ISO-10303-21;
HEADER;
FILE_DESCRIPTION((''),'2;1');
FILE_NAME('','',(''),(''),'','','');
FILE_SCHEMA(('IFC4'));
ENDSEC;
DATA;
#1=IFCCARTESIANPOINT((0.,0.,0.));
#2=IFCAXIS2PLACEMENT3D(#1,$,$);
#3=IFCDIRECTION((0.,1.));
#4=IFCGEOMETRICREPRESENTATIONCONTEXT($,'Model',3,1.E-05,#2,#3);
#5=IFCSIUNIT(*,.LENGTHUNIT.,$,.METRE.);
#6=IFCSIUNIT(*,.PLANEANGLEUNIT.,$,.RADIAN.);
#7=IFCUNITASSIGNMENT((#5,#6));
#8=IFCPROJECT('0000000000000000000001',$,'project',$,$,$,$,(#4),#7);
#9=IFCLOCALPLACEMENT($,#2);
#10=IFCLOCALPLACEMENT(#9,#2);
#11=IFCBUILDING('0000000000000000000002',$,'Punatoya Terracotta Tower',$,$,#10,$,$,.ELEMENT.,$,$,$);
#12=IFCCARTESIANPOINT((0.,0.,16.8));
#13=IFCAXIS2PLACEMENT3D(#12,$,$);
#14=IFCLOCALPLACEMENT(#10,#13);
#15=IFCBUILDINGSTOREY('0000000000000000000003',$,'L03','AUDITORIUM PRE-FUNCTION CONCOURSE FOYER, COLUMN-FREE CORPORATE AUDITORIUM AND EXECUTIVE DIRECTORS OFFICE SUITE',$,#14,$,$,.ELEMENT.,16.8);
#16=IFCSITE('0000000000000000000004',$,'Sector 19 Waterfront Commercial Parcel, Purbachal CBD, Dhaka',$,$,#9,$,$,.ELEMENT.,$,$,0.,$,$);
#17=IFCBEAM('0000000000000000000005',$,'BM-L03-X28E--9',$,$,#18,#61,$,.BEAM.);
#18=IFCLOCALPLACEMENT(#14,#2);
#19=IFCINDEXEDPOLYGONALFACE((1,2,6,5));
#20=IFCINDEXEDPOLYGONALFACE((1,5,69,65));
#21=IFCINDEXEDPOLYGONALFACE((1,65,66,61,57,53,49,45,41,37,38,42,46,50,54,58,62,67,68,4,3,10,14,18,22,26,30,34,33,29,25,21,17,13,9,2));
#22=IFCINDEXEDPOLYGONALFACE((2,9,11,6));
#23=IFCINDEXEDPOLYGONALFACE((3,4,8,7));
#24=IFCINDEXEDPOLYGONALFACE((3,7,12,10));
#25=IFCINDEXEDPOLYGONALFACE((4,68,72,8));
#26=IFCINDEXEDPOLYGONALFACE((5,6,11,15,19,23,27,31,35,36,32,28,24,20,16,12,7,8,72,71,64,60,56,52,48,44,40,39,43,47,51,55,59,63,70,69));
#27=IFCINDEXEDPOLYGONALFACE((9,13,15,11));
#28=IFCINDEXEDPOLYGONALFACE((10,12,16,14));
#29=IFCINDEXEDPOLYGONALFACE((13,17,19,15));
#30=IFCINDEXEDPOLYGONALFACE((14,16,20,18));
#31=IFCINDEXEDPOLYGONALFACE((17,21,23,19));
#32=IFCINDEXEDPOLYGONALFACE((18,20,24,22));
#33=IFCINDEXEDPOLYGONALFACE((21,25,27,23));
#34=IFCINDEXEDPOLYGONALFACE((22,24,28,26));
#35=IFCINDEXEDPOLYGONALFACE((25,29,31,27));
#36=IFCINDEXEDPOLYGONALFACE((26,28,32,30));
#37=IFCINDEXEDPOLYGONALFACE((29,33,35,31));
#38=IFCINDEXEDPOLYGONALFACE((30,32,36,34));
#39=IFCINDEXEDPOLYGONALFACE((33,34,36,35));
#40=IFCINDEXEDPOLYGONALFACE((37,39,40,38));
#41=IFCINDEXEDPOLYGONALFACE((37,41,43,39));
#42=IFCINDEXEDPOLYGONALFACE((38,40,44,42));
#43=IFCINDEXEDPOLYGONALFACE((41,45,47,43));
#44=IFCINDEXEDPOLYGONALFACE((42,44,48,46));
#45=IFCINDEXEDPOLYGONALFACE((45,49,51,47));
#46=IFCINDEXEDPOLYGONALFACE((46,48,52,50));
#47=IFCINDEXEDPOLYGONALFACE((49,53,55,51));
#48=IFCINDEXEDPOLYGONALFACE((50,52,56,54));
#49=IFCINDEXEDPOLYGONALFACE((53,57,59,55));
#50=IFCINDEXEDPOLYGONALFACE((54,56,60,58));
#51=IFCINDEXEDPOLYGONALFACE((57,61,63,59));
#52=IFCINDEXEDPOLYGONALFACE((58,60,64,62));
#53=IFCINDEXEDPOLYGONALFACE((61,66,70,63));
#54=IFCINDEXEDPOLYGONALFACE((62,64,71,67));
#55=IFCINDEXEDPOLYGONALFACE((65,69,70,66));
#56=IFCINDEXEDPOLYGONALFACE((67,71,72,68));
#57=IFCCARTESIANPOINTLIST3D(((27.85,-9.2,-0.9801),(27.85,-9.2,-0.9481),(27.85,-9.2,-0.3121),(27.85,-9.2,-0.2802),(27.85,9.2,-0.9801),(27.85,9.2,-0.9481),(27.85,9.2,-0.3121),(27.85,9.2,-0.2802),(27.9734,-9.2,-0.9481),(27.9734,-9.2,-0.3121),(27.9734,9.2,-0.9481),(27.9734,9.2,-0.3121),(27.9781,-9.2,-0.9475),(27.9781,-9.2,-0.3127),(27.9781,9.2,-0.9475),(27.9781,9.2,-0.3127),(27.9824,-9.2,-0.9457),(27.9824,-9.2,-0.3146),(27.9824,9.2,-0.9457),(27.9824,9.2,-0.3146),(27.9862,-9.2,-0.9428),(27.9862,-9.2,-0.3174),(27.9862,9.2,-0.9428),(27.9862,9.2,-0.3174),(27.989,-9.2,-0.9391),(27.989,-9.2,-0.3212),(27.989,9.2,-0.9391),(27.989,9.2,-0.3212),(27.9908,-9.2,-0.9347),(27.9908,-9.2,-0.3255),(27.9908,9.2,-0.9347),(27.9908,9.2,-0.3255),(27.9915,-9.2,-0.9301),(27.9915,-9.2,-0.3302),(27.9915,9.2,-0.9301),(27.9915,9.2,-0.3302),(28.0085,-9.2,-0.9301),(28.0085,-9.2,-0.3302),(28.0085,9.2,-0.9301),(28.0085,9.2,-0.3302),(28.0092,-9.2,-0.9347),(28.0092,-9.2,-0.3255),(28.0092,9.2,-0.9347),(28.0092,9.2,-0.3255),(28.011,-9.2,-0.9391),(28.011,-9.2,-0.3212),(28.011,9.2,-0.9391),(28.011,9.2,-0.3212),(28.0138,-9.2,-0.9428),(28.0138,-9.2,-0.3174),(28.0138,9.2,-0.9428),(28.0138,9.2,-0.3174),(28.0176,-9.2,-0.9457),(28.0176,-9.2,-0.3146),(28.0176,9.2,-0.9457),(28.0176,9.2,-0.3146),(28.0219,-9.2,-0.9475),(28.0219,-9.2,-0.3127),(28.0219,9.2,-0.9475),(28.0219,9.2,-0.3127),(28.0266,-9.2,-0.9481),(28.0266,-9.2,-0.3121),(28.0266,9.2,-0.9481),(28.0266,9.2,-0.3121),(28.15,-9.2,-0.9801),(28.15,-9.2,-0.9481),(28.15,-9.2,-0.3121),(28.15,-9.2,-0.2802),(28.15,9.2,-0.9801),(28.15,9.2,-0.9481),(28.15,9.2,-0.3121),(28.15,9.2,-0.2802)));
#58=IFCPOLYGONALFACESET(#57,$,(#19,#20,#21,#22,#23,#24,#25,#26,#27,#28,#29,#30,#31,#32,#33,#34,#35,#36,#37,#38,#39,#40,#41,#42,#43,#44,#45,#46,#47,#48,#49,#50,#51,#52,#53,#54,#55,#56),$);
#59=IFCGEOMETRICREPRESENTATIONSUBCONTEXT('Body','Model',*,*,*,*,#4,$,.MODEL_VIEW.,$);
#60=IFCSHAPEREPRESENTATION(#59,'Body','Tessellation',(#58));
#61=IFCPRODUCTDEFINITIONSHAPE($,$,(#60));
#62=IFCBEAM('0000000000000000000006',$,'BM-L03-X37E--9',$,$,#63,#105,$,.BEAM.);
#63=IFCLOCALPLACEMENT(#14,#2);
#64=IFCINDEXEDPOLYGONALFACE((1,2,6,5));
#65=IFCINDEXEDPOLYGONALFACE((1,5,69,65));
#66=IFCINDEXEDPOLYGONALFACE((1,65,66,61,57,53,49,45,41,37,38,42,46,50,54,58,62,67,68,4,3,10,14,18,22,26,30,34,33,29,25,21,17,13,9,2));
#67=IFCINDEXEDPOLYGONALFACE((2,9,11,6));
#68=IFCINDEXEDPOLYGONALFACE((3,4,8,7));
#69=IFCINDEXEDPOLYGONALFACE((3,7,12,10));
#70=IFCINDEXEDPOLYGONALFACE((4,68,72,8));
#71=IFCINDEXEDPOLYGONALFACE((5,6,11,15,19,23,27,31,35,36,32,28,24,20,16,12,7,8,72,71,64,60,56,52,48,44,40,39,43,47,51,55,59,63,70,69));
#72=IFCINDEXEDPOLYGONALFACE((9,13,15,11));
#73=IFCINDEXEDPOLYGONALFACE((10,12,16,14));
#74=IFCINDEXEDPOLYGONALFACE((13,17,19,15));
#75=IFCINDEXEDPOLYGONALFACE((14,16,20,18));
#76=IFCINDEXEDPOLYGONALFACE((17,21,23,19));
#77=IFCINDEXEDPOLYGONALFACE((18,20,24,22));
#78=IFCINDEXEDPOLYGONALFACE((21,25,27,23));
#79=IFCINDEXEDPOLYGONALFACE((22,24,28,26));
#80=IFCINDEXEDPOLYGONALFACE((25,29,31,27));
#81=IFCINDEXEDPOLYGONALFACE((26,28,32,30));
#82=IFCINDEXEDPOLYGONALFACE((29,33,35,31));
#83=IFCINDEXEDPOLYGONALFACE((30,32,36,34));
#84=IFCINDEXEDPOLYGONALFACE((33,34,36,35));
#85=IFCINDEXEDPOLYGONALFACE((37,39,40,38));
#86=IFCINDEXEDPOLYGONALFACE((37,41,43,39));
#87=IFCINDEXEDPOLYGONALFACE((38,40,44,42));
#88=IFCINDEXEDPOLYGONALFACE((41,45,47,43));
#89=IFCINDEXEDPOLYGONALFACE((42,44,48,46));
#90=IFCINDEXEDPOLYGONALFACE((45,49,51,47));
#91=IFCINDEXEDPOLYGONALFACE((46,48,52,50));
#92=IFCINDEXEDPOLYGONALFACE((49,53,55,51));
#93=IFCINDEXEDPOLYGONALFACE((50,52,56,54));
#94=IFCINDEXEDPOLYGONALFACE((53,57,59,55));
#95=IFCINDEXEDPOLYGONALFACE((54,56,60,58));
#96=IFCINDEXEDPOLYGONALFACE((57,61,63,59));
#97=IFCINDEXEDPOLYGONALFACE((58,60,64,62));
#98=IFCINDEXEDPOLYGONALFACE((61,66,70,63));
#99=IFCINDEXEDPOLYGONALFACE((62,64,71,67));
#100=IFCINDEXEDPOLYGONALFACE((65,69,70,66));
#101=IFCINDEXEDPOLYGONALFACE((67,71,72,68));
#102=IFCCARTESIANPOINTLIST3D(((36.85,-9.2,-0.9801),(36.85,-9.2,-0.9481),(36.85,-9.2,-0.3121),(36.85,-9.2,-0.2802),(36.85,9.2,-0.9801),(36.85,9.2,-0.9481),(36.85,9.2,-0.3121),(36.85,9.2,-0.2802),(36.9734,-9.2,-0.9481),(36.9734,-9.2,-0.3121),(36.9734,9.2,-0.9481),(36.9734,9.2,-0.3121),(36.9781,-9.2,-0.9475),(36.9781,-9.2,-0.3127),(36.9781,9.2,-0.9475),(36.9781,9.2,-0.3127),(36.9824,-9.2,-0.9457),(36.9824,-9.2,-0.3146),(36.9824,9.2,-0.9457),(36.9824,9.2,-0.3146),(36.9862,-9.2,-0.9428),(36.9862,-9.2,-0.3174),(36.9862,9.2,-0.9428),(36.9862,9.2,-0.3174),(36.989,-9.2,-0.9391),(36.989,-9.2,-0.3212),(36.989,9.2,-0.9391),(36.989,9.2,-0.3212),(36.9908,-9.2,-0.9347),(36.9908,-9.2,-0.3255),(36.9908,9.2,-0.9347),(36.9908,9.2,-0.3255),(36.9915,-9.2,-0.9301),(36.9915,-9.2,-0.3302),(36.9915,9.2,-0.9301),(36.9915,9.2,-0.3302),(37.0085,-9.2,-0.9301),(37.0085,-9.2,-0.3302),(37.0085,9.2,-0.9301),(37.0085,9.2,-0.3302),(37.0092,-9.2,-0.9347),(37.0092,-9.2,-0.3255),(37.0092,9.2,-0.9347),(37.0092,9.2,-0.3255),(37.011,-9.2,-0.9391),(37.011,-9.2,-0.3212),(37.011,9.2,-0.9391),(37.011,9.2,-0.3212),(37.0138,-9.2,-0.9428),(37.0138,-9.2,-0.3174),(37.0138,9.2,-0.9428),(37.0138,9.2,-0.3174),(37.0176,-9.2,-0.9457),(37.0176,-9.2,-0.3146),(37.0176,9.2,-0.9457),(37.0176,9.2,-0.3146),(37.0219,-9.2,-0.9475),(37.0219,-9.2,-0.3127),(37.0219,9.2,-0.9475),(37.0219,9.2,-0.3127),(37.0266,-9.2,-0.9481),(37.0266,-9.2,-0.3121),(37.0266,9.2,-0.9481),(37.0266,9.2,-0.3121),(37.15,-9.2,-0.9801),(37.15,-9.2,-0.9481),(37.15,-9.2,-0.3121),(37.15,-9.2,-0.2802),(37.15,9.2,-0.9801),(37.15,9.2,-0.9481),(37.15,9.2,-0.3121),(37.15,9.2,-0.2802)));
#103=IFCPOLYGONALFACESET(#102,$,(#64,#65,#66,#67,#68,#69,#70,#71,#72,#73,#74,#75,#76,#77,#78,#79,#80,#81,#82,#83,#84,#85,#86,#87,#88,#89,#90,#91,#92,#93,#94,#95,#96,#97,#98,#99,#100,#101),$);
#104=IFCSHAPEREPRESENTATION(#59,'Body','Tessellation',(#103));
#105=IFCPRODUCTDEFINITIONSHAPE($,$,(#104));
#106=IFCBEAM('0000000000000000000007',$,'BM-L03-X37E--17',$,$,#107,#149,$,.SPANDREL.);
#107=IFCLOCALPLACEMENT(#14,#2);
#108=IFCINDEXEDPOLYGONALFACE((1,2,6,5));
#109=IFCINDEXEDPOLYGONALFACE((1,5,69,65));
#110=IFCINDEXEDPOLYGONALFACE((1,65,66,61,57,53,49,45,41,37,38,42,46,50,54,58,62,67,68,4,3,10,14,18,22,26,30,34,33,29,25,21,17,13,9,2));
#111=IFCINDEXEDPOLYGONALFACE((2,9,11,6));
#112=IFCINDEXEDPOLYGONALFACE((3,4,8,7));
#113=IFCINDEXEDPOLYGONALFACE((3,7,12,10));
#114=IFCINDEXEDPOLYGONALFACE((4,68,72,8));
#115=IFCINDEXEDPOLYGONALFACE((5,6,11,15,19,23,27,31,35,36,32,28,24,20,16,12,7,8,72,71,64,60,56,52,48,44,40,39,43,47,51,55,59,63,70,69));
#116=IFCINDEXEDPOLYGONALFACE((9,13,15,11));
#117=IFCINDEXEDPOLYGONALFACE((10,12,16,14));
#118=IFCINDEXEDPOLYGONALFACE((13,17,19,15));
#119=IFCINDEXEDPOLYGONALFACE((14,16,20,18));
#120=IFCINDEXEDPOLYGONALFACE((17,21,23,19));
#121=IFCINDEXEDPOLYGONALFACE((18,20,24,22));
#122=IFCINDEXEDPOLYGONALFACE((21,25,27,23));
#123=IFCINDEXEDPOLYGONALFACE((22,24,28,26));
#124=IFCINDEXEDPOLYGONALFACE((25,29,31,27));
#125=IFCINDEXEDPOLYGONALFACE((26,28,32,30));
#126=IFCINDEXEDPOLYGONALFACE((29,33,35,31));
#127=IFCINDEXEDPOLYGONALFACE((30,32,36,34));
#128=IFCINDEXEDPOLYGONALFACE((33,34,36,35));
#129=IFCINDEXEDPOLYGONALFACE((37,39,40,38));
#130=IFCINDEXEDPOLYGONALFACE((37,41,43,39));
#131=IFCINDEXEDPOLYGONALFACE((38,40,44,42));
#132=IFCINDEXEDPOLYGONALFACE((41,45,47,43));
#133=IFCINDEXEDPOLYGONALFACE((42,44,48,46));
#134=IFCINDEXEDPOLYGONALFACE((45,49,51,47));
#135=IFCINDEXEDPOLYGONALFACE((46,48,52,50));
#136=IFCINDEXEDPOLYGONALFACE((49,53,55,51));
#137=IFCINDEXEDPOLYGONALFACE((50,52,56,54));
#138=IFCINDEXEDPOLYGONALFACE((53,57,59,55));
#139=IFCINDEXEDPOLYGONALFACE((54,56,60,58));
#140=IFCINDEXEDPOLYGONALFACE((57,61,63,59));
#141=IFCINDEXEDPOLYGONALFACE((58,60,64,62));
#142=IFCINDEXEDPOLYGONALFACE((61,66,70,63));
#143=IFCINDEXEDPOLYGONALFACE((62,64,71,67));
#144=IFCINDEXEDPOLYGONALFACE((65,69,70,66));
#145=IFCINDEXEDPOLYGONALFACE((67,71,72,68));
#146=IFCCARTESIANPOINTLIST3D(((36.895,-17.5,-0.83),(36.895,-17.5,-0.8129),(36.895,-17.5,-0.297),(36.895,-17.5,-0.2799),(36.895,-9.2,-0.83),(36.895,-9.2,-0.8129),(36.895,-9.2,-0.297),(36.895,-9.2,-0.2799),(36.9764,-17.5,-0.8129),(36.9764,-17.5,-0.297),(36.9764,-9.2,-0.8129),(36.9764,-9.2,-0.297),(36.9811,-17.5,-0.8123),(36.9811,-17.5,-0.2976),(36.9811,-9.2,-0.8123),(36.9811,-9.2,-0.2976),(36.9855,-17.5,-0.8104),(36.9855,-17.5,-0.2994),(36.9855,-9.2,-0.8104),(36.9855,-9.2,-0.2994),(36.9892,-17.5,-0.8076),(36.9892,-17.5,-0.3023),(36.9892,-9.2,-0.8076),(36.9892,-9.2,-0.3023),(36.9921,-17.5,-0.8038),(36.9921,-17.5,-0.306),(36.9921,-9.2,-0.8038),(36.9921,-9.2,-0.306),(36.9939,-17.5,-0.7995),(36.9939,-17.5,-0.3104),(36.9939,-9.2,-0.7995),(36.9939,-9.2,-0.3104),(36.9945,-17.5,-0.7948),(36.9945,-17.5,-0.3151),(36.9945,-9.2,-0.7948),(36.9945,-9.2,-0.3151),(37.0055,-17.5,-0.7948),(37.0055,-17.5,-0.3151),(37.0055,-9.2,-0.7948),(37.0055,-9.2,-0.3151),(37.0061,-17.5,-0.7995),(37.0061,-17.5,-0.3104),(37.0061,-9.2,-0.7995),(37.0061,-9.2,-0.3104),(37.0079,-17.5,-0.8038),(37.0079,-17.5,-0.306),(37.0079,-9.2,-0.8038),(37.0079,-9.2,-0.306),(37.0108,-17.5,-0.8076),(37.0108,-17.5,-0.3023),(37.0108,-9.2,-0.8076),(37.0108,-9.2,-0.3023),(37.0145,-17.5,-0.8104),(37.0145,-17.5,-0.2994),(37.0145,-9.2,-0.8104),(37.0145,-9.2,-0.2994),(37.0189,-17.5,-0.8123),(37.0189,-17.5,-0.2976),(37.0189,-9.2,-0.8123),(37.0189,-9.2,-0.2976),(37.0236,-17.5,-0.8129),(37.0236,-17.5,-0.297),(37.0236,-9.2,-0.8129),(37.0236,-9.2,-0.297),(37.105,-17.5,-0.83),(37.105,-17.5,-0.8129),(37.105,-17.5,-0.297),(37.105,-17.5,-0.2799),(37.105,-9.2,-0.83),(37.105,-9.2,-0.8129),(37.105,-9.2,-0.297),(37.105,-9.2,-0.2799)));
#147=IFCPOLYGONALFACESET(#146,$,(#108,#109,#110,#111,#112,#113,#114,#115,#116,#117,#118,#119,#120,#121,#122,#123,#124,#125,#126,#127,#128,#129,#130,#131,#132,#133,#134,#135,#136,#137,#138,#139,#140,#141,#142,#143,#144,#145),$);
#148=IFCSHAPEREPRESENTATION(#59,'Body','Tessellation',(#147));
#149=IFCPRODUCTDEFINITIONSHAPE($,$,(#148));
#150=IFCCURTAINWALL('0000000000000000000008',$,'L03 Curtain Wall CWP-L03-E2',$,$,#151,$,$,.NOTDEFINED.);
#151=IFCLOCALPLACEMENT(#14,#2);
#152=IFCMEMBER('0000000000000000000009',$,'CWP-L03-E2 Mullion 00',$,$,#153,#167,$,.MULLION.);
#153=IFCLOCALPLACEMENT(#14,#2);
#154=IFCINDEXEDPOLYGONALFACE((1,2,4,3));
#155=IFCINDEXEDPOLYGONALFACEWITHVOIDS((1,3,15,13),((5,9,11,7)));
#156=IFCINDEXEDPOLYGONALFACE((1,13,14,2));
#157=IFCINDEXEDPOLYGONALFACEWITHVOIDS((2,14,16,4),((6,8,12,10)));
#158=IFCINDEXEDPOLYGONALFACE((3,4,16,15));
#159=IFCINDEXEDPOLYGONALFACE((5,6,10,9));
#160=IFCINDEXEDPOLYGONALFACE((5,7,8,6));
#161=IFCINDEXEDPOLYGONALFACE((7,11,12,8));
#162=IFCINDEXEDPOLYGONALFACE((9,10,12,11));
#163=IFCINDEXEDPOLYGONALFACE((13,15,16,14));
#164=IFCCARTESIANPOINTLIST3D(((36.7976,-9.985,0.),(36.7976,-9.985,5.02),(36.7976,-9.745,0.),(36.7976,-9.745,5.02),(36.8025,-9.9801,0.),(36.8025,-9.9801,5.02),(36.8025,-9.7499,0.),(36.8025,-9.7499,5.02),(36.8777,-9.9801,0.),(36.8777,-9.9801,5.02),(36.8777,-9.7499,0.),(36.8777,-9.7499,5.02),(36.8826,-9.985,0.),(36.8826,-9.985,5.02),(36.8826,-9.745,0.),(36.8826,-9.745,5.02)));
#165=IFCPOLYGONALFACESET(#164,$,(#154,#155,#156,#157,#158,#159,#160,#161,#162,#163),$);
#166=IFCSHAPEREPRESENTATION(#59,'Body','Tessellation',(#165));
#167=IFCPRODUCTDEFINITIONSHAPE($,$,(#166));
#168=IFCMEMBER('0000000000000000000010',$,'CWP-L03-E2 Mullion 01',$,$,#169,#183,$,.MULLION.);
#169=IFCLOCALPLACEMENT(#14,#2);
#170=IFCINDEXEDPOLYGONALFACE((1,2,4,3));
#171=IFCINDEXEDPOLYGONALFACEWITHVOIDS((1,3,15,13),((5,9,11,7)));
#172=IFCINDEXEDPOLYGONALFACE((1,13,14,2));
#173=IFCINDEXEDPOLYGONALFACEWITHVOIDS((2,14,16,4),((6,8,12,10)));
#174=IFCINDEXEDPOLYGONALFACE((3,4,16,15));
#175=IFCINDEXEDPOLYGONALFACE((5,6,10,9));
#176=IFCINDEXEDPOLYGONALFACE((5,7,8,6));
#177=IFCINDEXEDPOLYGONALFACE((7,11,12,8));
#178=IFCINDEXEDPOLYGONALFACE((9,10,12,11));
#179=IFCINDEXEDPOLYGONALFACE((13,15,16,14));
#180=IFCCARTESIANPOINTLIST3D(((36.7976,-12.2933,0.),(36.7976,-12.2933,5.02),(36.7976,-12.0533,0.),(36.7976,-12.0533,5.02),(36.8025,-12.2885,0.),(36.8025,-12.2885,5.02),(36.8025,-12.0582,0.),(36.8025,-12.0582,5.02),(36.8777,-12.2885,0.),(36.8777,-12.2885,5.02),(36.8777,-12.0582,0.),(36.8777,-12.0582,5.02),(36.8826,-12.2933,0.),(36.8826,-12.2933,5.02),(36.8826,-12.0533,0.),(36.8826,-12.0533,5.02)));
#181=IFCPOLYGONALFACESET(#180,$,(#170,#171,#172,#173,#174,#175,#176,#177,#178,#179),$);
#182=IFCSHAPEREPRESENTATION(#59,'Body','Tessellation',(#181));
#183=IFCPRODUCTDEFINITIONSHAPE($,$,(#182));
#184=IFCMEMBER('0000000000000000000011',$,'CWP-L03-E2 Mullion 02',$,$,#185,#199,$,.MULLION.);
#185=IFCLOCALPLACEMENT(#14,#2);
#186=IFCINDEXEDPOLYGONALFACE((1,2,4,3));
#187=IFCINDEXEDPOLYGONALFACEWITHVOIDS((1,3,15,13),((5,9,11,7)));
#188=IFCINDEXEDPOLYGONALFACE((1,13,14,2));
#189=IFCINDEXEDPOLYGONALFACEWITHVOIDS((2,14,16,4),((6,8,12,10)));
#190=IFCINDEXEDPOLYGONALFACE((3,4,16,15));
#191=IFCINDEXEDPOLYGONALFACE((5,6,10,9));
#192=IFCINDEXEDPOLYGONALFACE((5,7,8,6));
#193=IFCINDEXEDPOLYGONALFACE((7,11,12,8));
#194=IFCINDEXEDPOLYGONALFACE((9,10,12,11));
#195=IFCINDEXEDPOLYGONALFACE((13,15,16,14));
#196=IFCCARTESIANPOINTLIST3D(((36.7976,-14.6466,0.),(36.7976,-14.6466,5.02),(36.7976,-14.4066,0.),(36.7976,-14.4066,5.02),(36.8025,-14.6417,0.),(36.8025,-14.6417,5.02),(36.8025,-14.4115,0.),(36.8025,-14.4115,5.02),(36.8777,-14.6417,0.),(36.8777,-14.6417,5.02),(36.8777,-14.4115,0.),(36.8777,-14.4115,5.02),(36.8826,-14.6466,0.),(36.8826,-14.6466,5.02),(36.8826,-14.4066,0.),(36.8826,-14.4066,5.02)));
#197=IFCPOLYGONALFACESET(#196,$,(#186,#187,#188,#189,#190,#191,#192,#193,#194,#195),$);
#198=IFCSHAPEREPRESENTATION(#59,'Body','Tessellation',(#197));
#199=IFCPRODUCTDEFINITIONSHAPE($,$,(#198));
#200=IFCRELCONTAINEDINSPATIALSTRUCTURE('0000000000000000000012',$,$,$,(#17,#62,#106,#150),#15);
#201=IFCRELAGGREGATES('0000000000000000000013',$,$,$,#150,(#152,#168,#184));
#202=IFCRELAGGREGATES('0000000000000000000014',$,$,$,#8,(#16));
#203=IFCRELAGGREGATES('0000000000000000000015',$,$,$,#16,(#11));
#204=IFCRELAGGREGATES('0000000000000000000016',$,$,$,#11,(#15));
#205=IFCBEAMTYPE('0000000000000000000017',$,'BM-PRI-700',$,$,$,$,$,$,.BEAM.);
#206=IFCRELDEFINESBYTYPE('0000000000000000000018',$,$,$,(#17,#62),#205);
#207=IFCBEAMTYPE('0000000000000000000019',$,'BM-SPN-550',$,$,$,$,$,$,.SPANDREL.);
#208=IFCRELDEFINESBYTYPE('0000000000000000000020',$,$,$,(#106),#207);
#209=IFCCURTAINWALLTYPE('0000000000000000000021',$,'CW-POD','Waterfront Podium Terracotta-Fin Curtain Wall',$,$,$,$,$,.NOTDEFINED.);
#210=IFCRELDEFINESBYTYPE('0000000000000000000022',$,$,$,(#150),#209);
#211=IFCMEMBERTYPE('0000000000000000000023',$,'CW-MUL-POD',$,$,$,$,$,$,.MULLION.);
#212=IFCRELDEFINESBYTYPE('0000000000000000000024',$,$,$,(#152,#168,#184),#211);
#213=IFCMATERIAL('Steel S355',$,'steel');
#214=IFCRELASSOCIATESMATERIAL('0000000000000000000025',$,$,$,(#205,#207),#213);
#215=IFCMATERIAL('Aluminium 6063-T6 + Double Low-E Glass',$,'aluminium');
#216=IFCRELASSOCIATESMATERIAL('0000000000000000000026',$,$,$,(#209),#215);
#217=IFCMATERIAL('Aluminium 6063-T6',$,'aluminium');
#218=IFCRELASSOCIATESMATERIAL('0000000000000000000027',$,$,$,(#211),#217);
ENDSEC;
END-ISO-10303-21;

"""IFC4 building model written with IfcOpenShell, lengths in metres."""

from ifc_helpers import new_model, si_unit, direction, frame, origin, origin_2d, place, context, subcontext, project, spatial, hollow_rectangle, i_section, extrude, material, material_profile, profile_set, type_object, element, aggregate, save


model = new_model("IFC4")

# Units and contexts
model_context = context("Model", 3, precision=1e-05, world=origin(), true_north=direction((0.0, 1.0)))
body_context = subcontext(model_context, "Body", "Model", "MODEL_VIEW")
ifc_project = project(units=[si_unit("LENGTHUNIT", "METRE"), si_unit("PLANEANGLEUNIT", "RADIAN")], contexts=[model_context])

# Site, building, storey
site_placement = place(None, origin())
site = spatial("IfcSite", under=ifc_project, at=site_placement, Name="Sector 19 Waterfront Commercial Parcel, Purbachal CBD, Dhaka", CompositionType="ELEMENT", RefElevation=0.0)
building_placement = place(site_placement, origin())
building = spatial("IfcBuilding", under=site, at=building_placement, Name="Punatoya Terracotta Tower", CompositionType="ELEMENT")
storey_placement = place(building_placement, frame((0.0, 0.0, 16.8)))
storey = spatial("IfcBuildingStorey", under=building, at=storey_placement, Name="L03", Description="AUDITORIUM PRE-FUNCTION CONCOURSE FOYER, COLUMN-FREE CORPORATE AUDITORIUM AND EXECUTIVE DIRECTORS OFFICE SUITE", CompositionType="ELEMENT", Elevation=16.8)

# Beams
ifc_material_1 = material(Name="Steel S355", Category="steel")
ifc_material_profile_1 = material_profile(ifc_material_1, i_section(OverallWidth=0.3, OverallDepth=0.7, WebThickness=0.0171, FlangeThickness=0.032, FilletRadius=0.0181, at=origin_2d()))
ifc_profile_set_1 = profile_set([ifc_material_profile_1], Name="Steel S355")
beam_type_1 = type_object("IfcBeamType", Name="BM-PRI-700", PredefinedType="BEAM", material=ifc_profile_set_1)
for number, where, z_axis, x_axis, name in (
    (1, (28.0, -9.2, -0.6301), (0.0, 1.0, 0.0), (-1.0, 0.0, 0.0), "BM-L03-X28E--9"),
    (2, (37.0, -9.2, -0.6301), (0.0, 1.0, 0.0), (-1.0, 0.0, 0.0), "BM-L03-X37E--9"),
):
    element("IfcBeam", number, at=place(storey_placement, frame(where, z_axis=z_axis, x_axis=x_axis)), inside=storey, type_object=beam_type_1, Name=name, PredefinedType="BEAM", context=body_context, shape_type="SweptSolid", body=[
        extrude(i_section(OverallWidth=0.3, OverallDepth=0.7, WebThickness=0.0171, FlangeThickness=0.032, FilletRadius=0.0181, at=origin_2d()), origin(), (0.0, 0.0, 1.0), 18.3999),
    ])
ifc_material_profile_2 = material_profile(ifc_material_1, i_section(OverallWidth=0.21, OverallDepth=0.55, WebThickness=0.011, FlangeThickness=0.0171, FilletRadius=0.0181, at=origin_2d()))
ifc_profile_set_2 = profile_set([ifc_material_profile_2], Name="Steel S355")
beam_type_2 = type_object("IfcBeamType", Name="BM-SPN-550", PredefinedType="SPANDREL", material=ifc_profile_set_2)
beam_1_placement = place(storey_placement, frame((37.0, -17.5, -0.5549), z_axis=(0.0, 1.0, 0.0), x_axis=(-1.0, 0.0, 0.0)))
element("IfcBeam", 3, at=beam_1_placement, inside=storey, type_object=beam_type_2, Name="BM-L03-X37E--17", PredefinedType="SPANDREL", context=body_context, shape_type="SweptSolid", body=[
    extrude(i_section(OverallWidth=0.21, OverallDepth=0.55, WebThickness=0.011, FlangeThickness=0.0171, FilletRadius=0.0181, at=origin_2d()), origin(), (0.0, 0.0, 1.0), 8.3),
])

# Curtain wall, members
ifc_material_2 = material(Name="Aluminium 6063-T6 + Double Low-E Glass", Category="aluminium")
curtain_wall_type = type_object("IfcCurtainWallType", Name="CW-POD", Description="Waterfront Podium Terracotta-Fin Curtain Wall", PredefinedType="NOTDEFINED", material=ifc_material_2)
curtain_wall_placement = place(storey_placement, origin())
curtain_wall = element("IfcCurtainWall", 4, at=curtain_wall_placement, inside=storey, type_object=curtain_wall_type, Name="L03 Curtain Wall CWP-L03-E2", PredefinedType="NOTDEFINED")
ifc_material_3 = material(Name="Aluminium 6063-T6", Category="aluminium")
ifc_material_profile_3 = material_profile(ifc_material_3, hollow_rectangle(XDim=0.085, YDim=0.24, WallThickness=0.0049, at=origin_2d()))
ifc_profile_set_3 = profile_set([ifc_material_profile_3], Name="Aluminium 6063-T6")
member_type_1 = type_object("IfcMemberType", Name="CW-MUL-POD", PredefinedType="MULLION", material=ifc_profile_set_3)
member_1_placement = place(storey_placement, frame((36.8401, -9.865, 0.0), z_axis=(0.0, 0.0, 1.0), x_axis=(1.0, 0.0, 0.0)))
member_1 = element("IfcMember", 5, at=member_1_placement, type_object=member_type_1, Name="CWP-L03-E2 Mullion 00", PredefinedType="MULLION", context=body_context, shape_type="SweptSolid", body=[
    extrude(hollow_rectangle(XDim=0.085, YDim=0.24, WallThickness=0.0049, at=origin_2d()), origin(), (0.0, 0.0, 1.0), 5.02),
])
member_2_placement = place(storey_placement, frame((36.8401, -12.1733, 0.0), z_axis=(0.0, 0.0, 1.0), x_axis=(1.0, 0.0, 0.0)))
member_2 = element("IfcMember", 6, at=member_2_placement, type_object=member_type_1, Name="CWP-L03-E2 Mullion 01", PredefinedType="MULLION", context=body_context, shape_type="SweptSolid", body=[
    extrude(hollow_rectangle(XDim=0.085, YDim=0.24, WallThickness=0.0049, at=origin_2d()), origin(), (0.0, 0.0, 1.0), 5.02),
])
member_3_placement = place(storey_placement, frame((36.8401, -14.5266, 0.0), z_axis=(0.0, 0.0, 1.0), x_axis=(1.0, 0.0, 0.0)))
member_3 = element("IfcMember", 7, at=member_3_placement, type_object=member_type_1, Name="CWP-L03-E2 Mullion 02", PredefinedType="MULLION", context=body_context, shape_type="SweptSolid", body=[
    extrude(hollow_rectangle(XDim=0.085, YDim=0.24, WallThickness=0.0049, at=origin_2d()), origin(), (0.0, 0.0, 1.0), 5.02),
])

aggregate(curtain_wall, [member_1, member_2, member_3])

save(model, "model.ifc")
